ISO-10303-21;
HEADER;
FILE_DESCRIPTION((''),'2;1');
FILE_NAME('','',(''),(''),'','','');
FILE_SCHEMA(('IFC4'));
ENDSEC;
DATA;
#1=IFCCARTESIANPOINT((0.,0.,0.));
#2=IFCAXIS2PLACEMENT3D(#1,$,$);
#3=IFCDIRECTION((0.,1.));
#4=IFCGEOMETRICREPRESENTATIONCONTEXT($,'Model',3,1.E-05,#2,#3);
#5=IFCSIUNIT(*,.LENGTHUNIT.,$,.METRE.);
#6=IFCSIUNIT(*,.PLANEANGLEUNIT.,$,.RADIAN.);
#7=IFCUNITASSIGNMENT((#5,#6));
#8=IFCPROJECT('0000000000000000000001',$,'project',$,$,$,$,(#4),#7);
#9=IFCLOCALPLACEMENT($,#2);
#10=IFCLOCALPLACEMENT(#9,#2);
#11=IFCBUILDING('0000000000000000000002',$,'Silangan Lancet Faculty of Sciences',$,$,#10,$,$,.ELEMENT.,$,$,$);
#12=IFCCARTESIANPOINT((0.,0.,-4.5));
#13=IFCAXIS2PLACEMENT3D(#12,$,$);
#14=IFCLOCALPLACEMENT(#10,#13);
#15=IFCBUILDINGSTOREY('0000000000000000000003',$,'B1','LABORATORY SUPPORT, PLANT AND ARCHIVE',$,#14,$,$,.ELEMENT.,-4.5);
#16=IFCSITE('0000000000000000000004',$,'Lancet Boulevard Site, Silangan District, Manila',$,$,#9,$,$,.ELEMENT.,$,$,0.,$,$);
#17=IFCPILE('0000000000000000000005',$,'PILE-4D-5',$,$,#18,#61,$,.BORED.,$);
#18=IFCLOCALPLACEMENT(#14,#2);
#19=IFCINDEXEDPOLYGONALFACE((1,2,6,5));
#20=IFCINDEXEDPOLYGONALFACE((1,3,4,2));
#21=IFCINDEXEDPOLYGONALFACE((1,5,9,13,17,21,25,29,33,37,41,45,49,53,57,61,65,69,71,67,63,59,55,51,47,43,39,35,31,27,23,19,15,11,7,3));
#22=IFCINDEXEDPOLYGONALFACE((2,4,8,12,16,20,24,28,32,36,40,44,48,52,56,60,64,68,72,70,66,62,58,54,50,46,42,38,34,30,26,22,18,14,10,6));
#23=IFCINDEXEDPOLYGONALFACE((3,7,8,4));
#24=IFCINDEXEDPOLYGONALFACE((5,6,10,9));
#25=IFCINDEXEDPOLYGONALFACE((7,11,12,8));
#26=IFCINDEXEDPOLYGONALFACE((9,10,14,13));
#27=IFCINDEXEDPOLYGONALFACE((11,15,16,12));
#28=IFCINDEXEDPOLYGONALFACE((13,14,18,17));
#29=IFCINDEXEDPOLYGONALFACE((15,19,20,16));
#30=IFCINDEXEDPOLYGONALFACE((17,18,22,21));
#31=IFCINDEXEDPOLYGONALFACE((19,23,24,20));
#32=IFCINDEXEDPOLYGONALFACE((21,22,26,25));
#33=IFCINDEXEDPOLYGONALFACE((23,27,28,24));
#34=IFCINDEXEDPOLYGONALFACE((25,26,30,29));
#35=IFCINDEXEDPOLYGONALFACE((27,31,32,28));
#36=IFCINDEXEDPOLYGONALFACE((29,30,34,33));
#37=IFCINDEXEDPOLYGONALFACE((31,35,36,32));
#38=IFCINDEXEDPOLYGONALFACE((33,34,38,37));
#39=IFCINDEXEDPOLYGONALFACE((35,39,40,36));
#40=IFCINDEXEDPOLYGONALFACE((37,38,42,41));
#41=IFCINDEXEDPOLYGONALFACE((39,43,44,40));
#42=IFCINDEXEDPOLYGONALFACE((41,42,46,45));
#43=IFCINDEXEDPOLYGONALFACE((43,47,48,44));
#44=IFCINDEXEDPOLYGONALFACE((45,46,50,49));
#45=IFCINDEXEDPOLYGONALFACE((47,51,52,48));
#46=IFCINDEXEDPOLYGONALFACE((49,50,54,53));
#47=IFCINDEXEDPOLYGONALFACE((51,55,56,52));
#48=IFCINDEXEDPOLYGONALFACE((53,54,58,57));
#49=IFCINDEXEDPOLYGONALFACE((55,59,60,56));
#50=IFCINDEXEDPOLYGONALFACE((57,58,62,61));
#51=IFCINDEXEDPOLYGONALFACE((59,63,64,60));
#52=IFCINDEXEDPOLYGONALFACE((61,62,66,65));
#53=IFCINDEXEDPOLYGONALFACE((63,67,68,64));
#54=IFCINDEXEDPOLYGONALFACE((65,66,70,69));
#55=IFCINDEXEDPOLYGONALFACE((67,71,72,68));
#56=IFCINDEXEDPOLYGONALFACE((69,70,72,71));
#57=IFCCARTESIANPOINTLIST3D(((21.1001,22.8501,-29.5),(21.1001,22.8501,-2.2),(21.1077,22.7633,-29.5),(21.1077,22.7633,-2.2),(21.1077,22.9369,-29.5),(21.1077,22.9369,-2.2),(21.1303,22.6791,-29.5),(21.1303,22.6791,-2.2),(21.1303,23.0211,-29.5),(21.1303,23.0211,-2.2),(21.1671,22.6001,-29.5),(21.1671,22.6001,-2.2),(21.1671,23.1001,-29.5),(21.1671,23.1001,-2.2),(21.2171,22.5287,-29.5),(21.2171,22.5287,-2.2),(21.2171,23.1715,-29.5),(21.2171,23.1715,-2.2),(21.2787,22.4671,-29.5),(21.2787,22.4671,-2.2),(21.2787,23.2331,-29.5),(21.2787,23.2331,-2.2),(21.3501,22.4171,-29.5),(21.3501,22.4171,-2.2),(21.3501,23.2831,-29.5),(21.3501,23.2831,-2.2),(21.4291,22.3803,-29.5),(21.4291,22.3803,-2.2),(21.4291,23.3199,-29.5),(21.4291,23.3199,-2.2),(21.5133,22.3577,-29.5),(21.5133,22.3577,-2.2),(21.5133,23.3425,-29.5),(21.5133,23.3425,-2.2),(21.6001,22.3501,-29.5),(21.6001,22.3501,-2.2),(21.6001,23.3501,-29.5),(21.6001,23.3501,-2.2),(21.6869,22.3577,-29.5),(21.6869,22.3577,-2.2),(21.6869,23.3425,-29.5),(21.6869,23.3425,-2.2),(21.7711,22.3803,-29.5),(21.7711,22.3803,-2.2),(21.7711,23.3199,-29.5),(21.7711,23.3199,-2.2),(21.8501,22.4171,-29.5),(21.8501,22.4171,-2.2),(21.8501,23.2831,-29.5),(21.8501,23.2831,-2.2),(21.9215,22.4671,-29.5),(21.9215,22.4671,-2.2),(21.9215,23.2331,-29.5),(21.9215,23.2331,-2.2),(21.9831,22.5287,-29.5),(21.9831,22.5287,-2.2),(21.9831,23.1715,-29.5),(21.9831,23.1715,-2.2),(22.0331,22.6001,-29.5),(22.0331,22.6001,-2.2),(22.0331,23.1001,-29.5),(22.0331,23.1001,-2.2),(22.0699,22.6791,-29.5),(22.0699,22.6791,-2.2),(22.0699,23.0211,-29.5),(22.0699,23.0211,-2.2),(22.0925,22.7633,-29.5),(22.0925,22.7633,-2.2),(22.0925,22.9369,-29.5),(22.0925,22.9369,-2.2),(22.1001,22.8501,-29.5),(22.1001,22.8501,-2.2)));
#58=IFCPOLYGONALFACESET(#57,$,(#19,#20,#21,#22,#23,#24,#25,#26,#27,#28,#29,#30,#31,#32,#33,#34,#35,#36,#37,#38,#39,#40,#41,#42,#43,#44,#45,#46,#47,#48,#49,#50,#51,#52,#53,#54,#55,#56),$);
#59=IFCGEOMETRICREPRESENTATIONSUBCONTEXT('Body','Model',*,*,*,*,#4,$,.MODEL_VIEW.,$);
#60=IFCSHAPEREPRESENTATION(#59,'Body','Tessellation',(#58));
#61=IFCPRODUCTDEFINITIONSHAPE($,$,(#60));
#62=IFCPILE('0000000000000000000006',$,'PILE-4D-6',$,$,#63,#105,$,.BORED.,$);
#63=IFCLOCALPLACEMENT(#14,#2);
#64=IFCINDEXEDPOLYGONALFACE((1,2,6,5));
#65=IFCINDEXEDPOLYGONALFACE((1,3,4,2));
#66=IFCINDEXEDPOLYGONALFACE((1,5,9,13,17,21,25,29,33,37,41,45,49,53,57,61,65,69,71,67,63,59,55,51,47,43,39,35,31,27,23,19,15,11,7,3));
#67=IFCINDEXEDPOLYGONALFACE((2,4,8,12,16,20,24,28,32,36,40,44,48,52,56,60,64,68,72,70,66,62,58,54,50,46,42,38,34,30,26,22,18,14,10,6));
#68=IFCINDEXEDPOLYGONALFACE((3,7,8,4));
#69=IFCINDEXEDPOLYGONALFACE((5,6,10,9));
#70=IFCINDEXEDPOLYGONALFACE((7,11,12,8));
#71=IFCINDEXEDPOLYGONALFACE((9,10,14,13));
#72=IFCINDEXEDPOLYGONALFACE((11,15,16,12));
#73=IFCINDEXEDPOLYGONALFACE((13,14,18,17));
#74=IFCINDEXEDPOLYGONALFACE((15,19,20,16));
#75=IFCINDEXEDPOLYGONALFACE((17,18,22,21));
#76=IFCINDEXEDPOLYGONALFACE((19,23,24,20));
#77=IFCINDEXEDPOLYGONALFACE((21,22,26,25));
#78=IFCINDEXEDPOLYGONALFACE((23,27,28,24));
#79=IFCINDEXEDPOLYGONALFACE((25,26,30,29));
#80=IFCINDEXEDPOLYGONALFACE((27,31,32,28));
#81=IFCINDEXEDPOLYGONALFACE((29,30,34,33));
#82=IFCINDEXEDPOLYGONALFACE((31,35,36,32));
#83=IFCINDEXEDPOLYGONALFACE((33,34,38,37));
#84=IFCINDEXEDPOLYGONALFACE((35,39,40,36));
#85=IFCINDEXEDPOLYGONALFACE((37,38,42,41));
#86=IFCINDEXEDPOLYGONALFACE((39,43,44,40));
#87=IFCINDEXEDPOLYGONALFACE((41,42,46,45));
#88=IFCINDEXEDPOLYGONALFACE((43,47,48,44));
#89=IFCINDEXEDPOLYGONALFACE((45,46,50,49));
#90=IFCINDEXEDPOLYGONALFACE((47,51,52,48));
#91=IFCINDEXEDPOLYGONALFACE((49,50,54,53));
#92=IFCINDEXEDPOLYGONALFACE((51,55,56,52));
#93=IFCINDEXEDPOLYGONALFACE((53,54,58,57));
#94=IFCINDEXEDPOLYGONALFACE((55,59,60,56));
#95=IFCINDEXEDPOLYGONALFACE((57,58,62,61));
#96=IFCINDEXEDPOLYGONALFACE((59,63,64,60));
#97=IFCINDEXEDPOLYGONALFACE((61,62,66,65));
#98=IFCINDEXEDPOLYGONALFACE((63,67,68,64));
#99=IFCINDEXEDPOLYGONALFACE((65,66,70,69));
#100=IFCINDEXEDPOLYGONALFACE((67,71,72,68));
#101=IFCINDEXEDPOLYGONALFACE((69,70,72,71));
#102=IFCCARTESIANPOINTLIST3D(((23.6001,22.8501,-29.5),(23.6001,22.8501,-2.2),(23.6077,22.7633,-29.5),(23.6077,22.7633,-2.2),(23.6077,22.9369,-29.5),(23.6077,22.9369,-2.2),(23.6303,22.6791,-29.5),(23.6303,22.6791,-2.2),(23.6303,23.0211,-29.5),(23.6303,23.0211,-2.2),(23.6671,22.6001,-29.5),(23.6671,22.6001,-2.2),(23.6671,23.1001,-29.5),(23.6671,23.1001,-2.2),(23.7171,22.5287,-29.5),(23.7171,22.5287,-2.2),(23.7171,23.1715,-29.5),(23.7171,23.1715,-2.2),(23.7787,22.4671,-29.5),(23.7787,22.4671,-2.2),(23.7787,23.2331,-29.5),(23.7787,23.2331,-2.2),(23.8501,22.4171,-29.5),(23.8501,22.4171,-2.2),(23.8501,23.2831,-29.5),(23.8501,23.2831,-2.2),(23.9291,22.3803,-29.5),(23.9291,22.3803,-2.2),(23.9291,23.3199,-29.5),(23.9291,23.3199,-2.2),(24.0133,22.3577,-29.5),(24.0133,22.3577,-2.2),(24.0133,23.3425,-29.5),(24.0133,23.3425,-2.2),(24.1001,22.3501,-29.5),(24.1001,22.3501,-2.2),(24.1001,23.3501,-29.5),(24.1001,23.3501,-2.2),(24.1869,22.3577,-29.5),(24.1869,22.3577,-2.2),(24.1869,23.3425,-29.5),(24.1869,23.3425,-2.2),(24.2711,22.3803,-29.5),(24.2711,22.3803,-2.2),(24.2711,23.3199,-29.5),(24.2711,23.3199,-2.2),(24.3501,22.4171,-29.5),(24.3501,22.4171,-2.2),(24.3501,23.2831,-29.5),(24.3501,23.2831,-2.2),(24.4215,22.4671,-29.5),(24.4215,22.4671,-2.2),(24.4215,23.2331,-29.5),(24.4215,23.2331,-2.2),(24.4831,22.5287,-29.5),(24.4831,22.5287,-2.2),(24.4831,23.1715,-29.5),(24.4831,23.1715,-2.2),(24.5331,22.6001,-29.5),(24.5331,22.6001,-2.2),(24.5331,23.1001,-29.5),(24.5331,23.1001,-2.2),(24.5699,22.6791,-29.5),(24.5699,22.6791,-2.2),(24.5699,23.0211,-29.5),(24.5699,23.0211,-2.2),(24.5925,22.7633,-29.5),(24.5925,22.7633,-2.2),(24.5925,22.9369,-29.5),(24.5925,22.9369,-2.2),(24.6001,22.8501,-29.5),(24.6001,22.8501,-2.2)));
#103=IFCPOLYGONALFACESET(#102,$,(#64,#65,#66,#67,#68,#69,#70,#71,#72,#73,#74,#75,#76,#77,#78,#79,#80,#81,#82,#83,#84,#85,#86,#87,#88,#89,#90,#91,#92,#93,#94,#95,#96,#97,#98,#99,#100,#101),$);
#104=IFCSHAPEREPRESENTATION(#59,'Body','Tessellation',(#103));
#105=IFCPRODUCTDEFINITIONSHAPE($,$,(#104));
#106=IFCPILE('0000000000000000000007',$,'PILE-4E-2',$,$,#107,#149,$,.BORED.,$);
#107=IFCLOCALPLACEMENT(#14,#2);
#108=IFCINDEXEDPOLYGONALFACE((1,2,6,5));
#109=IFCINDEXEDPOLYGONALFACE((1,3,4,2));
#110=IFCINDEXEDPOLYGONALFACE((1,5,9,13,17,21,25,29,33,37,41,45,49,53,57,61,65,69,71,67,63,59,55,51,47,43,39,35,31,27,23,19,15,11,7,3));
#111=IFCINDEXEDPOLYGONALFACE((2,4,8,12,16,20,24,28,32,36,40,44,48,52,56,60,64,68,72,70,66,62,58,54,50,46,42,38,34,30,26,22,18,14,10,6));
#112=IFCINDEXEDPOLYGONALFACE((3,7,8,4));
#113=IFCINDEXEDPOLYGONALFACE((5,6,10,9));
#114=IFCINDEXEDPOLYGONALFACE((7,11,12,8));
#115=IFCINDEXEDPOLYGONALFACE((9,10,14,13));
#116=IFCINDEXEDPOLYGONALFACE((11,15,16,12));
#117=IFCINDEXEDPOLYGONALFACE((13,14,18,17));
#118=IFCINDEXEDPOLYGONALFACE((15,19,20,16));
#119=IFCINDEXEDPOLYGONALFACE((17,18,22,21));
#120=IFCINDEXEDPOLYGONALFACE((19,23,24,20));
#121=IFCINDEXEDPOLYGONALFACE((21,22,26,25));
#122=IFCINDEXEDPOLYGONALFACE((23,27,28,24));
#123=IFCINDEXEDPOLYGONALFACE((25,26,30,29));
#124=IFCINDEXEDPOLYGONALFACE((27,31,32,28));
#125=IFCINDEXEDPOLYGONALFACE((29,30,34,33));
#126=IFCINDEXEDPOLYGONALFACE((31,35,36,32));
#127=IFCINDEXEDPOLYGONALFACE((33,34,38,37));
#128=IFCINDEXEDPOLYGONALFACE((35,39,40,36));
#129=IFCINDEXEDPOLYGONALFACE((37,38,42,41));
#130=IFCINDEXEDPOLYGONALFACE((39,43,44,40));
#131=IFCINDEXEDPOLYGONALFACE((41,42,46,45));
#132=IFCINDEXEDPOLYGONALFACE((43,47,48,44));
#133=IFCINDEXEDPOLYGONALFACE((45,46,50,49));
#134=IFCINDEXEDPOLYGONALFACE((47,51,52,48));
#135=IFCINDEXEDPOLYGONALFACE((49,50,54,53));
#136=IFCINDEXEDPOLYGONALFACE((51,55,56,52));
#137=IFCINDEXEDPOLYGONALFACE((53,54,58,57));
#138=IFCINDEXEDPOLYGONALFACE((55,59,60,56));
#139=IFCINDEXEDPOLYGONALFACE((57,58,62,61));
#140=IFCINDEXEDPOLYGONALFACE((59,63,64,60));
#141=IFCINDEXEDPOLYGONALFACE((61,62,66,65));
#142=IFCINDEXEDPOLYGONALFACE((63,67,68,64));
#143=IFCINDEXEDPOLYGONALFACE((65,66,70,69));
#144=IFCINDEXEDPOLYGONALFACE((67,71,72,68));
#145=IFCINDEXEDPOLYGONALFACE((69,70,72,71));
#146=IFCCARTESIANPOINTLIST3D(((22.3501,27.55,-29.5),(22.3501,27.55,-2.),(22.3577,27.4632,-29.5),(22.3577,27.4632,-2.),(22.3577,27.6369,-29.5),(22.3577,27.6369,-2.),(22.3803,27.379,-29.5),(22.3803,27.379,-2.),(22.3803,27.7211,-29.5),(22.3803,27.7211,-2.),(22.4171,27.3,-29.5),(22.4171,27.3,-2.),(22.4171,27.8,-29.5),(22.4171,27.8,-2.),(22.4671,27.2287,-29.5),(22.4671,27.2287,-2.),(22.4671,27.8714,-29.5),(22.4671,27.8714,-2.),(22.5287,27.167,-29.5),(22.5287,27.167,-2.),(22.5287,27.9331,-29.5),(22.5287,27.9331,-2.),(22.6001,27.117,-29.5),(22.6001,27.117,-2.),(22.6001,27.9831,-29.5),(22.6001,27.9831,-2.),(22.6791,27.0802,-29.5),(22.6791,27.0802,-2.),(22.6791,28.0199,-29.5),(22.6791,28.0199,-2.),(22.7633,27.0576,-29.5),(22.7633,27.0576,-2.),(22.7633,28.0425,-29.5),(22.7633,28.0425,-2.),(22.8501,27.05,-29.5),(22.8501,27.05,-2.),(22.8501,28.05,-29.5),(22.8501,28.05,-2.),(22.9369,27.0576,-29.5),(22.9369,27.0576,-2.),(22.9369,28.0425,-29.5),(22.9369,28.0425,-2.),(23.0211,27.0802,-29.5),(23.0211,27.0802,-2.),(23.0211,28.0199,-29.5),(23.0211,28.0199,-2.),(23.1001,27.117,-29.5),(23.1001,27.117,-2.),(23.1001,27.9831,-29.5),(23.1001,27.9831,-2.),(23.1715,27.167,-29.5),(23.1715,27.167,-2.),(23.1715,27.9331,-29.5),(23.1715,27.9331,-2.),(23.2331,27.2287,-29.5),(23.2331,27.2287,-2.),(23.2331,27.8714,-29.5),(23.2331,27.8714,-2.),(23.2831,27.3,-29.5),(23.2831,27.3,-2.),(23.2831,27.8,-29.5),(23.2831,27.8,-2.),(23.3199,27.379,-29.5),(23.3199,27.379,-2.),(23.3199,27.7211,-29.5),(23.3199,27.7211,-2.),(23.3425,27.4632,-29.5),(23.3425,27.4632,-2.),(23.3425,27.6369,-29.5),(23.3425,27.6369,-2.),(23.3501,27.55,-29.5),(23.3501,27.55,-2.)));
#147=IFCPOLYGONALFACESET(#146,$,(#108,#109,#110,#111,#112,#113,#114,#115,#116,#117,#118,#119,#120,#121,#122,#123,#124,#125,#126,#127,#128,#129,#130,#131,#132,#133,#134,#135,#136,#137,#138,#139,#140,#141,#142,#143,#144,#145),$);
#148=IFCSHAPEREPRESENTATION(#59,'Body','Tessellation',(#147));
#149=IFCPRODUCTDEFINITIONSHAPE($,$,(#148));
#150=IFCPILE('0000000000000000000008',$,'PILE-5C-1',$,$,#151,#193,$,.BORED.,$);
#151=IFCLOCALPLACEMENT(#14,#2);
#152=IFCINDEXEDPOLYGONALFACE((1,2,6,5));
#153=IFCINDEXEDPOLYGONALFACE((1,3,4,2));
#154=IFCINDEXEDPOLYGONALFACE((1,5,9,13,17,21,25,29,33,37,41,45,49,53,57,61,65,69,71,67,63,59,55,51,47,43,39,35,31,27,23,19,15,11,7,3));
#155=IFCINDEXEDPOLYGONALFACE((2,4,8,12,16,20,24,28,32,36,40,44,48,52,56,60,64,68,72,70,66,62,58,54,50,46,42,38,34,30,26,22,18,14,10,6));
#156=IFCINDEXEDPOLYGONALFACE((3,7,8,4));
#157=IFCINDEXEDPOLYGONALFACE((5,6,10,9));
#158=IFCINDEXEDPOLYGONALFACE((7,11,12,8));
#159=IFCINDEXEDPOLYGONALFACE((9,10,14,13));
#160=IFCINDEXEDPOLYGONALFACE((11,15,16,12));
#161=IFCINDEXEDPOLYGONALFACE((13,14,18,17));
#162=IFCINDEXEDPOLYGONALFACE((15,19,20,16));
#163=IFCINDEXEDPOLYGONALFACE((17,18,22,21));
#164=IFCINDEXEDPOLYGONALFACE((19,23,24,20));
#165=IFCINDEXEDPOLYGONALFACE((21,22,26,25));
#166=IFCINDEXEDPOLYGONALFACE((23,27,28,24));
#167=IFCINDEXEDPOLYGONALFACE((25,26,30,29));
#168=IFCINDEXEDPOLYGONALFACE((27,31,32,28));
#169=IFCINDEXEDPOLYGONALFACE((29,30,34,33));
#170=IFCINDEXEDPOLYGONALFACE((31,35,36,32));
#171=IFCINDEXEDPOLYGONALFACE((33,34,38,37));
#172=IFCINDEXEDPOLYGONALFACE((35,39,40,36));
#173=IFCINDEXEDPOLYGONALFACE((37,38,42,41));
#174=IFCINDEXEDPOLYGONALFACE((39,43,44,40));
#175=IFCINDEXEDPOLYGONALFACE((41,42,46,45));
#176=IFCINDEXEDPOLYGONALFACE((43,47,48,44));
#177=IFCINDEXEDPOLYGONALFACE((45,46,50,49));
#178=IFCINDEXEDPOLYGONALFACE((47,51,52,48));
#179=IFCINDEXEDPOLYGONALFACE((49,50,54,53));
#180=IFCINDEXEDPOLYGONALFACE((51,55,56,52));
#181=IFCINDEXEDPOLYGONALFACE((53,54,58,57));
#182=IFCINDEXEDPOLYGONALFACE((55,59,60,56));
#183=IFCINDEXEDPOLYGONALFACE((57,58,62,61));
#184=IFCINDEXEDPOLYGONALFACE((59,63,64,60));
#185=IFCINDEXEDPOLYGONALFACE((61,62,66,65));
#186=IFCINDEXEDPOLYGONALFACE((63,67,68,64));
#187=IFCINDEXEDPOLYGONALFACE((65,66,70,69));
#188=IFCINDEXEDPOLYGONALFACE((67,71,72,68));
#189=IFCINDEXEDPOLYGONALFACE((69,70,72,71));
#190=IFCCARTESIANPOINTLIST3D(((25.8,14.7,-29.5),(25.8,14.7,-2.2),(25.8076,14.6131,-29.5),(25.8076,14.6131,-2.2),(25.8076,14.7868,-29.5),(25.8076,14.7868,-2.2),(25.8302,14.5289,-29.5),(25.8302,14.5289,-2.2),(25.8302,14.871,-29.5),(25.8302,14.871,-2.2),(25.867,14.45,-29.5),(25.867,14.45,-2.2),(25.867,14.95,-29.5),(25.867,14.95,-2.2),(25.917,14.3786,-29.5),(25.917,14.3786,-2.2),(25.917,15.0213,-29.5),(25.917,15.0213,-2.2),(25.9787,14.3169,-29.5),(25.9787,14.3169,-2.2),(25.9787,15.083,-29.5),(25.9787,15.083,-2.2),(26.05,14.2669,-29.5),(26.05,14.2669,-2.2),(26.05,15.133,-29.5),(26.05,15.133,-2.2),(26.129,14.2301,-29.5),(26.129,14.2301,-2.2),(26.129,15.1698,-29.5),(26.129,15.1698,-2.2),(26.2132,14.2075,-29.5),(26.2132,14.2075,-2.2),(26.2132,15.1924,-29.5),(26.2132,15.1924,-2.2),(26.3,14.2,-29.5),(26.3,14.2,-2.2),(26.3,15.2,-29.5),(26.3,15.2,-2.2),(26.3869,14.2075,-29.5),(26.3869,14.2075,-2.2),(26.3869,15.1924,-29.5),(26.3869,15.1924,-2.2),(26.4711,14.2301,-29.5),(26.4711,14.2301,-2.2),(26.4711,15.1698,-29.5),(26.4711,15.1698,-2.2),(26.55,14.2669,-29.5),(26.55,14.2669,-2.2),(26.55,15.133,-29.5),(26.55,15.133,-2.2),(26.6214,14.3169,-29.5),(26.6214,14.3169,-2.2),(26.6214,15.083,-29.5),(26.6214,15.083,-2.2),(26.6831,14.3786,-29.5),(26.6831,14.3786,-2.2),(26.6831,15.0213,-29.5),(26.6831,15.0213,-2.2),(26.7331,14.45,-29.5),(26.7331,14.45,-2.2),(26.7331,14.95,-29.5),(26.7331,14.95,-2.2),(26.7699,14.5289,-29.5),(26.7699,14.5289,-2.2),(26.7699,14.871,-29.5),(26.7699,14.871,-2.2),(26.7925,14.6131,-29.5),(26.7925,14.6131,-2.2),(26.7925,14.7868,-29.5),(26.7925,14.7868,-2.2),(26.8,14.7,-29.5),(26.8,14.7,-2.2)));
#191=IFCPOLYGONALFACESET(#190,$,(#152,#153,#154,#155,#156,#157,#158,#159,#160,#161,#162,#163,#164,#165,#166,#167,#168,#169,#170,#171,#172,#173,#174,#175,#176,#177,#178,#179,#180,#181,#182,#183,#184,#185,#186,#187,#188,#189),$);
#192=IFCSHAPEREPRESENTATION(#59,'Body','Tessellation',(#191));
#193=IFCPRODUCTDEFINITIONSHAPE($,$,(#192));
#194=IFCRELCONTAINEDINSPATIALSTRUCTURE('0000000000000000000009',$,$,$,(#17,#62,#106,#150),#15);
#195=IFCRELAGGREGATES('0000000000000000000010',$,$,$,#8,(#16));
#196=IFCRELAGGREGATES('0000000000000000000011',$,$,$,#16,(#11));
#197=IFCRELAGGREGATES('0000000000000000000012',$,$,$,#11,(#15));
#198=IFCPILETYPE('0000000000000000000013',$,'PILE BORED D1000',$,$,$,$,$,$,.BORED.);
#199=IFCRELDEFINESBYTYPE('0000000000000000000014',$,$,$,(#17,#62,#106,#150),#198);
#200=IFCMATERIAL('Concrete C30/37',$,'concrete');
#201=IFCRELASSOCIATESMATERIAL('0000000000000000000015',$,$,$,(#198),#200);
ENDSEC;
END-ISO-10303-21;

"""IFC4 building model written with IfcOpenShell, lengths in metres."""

from ifc_helpers import new_model, si_unit, direction, frame, origin, origin_2d, place, context, subcontext, project, spatial, circle, extrude, material, material_profile, profile_set, type_object, element, save


model = new_model("IFC4")

# Units and contexts
model_context = context("Model", 3, precision=1e-05, world=origin(), true_north=direction((0.0, 1.0)))
body_context = subcontext(model_context, "Body", "Model", "MODEL_VIEW")
ifc_project = project(units=[si_unit("LENGTHUNIT", "METRE"), si_unit("PLANEANGLEUNIT", "RADIAN")], contexts=[model_context])

# Site, building, storey
site_placement = place(None, origin())
site = spatial("IfcSite", under=ifc_project, at=site_placement, Name="Lancet Boulevard Site, Silangan District, Manila", CompositionType="ELEMENT", RefElevation=0.0)
building_placement = place(site_placement, origin())
building = spatial("IfcBuilding", under=site, at=building_placement, Name="Silangan Lancet Faculty of Sciences", CompositionType="ELEMENT")
storey_placement = place(building_placement, frame((0.0, 0.0, -4.5)))
storey = spatial("IfcBuildingStorey", under=building, at=storey_placement, Name="B1", Description="LABORATORY SUPPORT, PLANT AND ARCHIVE", CompositionType="ELEMENT", Elevation=-4.5)

# Piles
ifc_material_1 = material(Name="Concrete C30/37", Category="concrete")
ifc_material_profile_1 = material_profile(ifc_material_1, circle(Radius=0.5, at=origin_2d()), Name="BORED PILE D1000")
ifc_profile_set_1 = profile_set([ifc_material_profile_1], Name="Concrete C30/37")
pile_type = type_object("IfcPileType", Name="PILE BORED D1000", PredefinedType="BORED", material=ifc_profile_set_1)
for number, where, z_axis, x_axis, name in (
    (1, (21.6001, 22.8501, -2.2), (0.0, 0.0, -1.0), (1.0, 0.0, 0.0), "PILE-4D-5"),
    (2, (24.1001, 22.8501, -2.2), (0.0, 0.0, -1.0), (1.0, 0.0, 0.0), "PILE-4D-6"),
):
    element("IfcPile", number, at=place(storey_placement, frame(where, z_axis=z_axis, x_axis=x_axis)), inside=storey, type_object=pile_type, Name=name, PredefinedType="BORED", context=body_context, shape_type="SweptSolid", body=[
        extrude(circle(Radius=0.5, at=origin_2d()), origin(), (0.0, 0.0, 1.0), 27.3),
    ])
pile_1_placement = place(storey_placement, frame((22.8501, 27.55, -2.0), z_axis=(0.0, 0.0, -1.0), x_axis=(1.0, 0.0, 0.0)))
element("IfcPile", 3, at=pile_1_placement, inside=storey, type_object=pile_type, Name="PILE-4E-2", PredefinedType="BORED", context=body_context, shape_type="SweptSolid", body=[
    extrude(circle(Radius=0.5, at=origin_2d()), origin(), (0.0, 0.0, 1.0), 27.5),
])
for number, where, z_axis, x_axis, name in (
    (4, (26.3, 14.7, -2.2), (0.0, 0.0, -1.0), (1.0, 0.0, 0.0), "PILE-5C-1"),
):
    element("IfcPile", number, at=place(storey_placement, frame(where, z_axis=z_axis, x_axis=x_axis)), inside=storey, type_object=pile_type, Name=name, PredefinedType="BORED", context=body_context, shape_type="SweptSolid", body=[
        extrude(circle(Radius=0.5, at=origin_2d()), origin(), (0.0, 0.0, 1.0), 27.3),
    ])

save(model, "model.ifc")
